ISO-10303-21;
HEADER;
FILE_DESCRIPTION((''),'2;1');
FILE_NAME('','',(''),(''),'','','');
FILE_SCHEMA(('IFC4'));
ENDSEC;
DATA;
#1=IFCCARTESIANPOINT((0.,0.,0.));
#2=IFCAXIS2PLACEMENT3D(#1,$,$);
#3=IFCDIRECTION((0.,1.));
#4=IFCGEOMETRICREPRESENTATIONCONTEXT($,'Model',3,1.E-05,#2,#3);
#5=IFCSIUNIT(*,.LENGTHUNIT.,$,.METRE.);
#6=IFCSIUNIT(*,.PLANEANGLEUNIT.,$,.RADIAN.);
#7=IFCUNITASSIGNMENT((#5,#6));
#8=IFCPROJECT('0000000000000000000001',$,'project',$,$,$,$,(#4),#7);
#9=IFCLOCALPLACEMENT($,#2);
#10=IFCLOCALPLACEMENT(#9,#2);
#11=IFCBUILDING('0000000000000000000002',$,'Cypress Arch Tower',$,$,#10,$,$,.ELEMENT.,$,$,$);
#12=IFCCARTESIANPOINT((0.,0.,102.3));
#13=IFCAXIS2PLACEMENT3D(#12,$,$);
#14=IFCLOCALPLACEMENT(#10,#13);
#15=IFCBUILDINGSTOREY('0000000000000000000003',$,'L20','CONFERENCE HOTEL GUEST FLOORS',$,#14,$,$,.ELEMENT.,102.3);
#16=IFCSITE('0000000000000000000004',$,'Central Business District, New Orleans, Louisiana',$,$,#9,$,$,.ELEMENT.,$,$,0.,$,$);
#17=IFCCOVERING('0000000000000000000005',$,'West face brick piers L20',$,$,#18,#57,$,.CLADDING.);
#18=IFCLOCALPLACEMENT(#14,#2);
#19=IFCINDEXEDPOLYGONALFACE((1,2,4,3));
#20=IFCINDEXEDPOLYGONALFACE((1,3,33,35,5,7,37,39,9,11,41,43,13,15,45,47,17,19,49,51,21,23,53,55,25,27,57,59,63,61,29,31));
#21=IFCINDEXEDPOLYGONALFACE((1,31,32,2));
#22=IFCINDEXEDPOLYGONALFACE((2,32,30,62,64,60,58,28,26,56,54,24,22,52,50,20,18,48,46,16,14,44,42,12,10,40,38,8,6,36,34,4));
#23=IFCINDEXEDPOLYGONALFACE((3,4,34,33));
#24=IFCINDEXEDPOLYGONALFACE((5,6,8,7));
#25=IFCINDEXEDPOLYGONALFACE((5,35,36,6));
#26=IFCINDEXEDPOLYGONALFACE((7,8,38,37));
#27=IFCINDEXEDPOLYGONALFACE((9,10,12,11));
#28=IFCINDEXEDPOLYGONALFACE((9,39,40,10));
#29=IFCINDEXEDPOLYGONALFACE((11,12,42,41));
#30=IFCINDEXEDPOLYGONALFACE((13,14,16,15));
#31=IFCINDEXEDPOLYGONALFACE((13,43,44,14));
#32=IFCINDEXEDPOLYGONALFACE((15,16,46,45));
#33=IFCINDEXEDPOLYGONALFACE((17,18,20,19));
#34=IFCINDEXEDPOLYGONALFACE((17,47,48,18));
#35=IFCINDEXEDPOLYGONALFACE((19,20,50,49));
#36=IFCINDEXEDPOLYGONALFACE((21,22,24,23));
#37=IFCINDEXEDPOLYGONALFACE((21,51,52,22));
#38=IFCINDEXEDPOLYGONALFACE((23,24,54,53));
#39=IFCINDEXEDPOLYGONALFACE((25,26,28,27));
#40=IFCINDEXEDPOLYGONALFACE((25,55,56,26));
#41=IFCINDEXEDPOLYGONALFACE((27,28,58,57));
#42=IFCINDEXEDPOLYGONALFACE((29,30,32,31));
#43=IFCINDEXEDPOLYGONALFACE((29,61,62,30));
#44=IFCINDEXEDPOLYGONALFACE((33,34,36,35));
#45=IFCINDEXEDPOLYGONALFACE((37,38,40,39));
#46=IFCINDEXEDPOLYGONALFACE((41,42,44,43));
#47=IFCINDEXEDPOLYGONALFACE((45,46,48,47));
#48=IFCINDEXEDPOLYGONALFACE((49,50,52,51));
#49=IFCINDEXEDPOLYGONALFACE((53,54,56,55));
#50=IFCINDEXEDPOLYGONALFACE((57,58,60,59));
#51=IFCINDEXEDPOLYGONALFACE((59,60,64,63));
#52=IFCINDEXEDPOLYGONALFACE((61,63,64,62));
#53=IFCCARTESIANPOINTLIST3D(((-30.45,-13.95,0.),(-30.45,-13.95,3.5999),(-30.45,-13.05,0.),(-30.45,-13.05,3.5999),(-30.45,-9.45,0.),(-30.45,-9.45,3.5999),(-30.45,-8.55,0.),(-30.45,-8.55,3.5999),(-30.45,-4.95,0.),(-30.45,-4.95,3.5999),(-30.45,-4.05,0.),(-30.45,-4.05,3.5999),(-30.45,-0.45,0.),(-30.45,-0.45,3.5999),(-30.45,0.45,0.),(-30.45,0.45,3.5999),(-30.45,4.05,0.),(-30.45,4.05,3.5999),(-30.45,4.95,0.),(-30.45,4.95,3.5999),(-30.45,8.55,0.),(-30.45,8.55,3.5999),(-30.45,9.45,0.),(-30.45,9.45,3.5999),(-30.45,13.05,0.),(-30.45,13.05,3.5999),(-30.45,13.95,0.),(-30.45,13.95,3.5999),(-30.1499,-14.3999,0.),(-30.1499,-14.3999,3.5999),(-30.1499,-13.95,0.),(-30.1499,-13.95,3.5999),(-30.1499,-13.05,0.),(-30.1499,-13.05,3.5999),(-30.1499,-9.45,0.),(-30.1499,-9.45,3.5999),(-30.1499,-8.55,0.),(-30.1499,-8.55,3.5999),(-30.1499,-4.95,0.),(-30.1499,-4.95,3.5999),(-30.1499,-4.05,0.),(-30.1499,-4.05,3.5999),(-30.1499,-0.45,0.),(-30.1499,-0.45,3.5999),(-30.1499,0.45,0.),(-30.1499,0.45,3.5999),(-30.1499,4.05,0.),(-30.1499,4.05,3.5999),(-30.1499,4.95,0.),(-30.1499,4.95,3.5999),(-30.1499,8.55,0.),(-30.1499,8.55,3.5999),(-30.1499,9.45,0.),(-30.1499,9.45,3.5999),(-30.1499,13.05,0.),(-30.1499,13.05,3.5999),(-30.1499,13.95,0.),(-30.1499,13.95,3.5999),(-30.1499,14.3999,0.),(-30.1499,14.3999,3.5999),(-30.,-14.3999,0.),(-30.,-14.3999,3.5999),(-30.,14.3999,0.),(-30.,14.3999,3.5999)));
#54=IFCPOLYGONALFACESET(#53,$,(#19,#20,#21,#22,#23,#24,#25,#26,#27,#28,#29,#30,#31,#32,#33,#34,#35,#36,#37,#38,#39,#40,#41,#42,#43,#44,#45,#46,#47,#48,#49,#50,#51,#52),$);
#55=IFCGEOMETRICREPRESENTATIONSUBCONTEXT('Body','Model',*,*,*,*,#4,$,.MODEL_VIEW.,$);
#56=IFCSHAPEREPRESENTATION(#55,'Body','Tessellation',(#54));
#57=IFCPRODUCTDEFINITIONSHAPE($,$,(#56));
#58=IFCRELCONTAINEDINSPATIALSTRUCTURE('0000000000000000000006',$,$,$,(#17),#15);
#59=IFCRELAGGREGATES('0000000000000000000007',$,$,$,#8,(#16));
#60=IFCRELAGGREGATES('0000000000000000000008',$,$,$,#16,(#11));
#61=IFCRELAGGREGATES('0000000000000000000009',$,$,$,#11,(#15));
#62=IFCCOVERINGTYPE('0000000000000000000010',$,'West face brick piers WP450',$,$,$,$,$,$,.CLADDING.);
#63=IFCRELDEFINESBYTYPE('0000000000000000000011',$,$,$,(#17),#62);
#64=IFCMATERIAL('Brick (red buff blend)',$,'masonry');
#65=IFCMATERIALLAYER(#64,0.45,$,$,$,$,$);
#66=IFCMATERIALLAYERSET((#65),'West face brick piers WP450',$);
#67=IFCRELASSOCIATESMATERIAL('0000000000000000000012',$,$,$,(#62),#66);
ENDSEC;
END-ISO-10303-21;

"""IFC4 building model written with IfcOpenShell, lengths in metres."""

from ifc_helpers import new_model, si_unit, direction, frame, origin, place, context, subcontext, project, spatial, polyline, outline, extrude, material, layer, layer_set, type_object, element, save


model = new_model("IFC4")

# Units and contexts
model_context = context("Model", 3, precision=1e-05, world=origin(), true_north=direction((0.0, 1.0)))
body_context = subcontext(model_context, "Body", "Model", "MODEL_VIEW")
ifc_project = project(units=[si_unit("LENGTHUNIT", "METRE"), si_unit("PLANEANGLEUNIT", "RADIAN")], contexts=[model_context])

# Site, building, storey
site_placement = place(None, origin())
site = spatial("IfcSite", under=ifc_project, at=site_placement, Name="Central Business District, New Orleans, Louisiana", CompositionType="ELEMENT", RefElevation=0.0)
building_placement = place(site_placement, origin())
building = spatial("IfcBuilding", under=site, at=building_placement, Name="Cypress Arch Tower", CompositionType="ELEMENT")
storey_placement = place(building_placement, frame((0.0, 0.0, 102.3)))
storey = spatial("IfcBuildingStorey", under=building, at=storey_placement, Name="L20", Description="CONFERENCE HOTEL GUEST FLOORS", CompositionType="ELEMENT", Elevation=102.3)

# Covering
ifc_material_1 = material(Name="Brick (red buff blend)", Category="masonry")
ifc_layer_1 = layer(ifc_material_1, 0.45)
ifc_layer_set_1 = layer_set([ifc_layer_1], Name="West face brick piers WP450")
covering_type_1 = type_object("IfcCoveringType", Name="West face brick piers WP450", PredefinedType="CLADDING", material=ifc_layer_set_1)
covering_1_placement = place(storey_placement, origin())
element("IfcCovering", 1, at=covering_1_placement, inside=storey, type_object=covering_type_1, Name="West face brick piers L20", PredefinedType="CLADDING", context=body_context, shape_type="SweptSolid", body=[
    extrude(outline(polyline([(-30.1499, -13.05), (-30.1499, -9.45), (-30.45, -9.45), (-30.45, -8.55), (-30.1499, -8.55), (-30.1499, -4.95), (-30.45, -4.95), (-30.45, -4.05), (-30.1499, -4.05), (-30.1499, -0.45), (-30.45, -0.45), (-30.45, 0.45), (-30.1499, 0.45), (-30.1499, 4.05), (-30.45, 4.05), (-30.45, 4.95), (-30.1499, 4.95), (-30.1499, 8.55), (-30.45, 8.55), (-30.45, 9.45), (-30.1499, 9.45), (-30.1499, 13.05), (-30.45, 13.05), (-30.45, 13.95), (-30.1499, 13.95), (-30.1499, 14.3999), (-30.0, 14.3999), (-30.0, -14.3999), (-30.1499, -14.3999), (-30.1499, -13.95), (-30.45, -13.95), (-30.45, -13.05), (-30.1499, -13.05)])), origin(), (0.0, 0.0, 1.0), 3.5999),
])

save(model, "model.ifc")
